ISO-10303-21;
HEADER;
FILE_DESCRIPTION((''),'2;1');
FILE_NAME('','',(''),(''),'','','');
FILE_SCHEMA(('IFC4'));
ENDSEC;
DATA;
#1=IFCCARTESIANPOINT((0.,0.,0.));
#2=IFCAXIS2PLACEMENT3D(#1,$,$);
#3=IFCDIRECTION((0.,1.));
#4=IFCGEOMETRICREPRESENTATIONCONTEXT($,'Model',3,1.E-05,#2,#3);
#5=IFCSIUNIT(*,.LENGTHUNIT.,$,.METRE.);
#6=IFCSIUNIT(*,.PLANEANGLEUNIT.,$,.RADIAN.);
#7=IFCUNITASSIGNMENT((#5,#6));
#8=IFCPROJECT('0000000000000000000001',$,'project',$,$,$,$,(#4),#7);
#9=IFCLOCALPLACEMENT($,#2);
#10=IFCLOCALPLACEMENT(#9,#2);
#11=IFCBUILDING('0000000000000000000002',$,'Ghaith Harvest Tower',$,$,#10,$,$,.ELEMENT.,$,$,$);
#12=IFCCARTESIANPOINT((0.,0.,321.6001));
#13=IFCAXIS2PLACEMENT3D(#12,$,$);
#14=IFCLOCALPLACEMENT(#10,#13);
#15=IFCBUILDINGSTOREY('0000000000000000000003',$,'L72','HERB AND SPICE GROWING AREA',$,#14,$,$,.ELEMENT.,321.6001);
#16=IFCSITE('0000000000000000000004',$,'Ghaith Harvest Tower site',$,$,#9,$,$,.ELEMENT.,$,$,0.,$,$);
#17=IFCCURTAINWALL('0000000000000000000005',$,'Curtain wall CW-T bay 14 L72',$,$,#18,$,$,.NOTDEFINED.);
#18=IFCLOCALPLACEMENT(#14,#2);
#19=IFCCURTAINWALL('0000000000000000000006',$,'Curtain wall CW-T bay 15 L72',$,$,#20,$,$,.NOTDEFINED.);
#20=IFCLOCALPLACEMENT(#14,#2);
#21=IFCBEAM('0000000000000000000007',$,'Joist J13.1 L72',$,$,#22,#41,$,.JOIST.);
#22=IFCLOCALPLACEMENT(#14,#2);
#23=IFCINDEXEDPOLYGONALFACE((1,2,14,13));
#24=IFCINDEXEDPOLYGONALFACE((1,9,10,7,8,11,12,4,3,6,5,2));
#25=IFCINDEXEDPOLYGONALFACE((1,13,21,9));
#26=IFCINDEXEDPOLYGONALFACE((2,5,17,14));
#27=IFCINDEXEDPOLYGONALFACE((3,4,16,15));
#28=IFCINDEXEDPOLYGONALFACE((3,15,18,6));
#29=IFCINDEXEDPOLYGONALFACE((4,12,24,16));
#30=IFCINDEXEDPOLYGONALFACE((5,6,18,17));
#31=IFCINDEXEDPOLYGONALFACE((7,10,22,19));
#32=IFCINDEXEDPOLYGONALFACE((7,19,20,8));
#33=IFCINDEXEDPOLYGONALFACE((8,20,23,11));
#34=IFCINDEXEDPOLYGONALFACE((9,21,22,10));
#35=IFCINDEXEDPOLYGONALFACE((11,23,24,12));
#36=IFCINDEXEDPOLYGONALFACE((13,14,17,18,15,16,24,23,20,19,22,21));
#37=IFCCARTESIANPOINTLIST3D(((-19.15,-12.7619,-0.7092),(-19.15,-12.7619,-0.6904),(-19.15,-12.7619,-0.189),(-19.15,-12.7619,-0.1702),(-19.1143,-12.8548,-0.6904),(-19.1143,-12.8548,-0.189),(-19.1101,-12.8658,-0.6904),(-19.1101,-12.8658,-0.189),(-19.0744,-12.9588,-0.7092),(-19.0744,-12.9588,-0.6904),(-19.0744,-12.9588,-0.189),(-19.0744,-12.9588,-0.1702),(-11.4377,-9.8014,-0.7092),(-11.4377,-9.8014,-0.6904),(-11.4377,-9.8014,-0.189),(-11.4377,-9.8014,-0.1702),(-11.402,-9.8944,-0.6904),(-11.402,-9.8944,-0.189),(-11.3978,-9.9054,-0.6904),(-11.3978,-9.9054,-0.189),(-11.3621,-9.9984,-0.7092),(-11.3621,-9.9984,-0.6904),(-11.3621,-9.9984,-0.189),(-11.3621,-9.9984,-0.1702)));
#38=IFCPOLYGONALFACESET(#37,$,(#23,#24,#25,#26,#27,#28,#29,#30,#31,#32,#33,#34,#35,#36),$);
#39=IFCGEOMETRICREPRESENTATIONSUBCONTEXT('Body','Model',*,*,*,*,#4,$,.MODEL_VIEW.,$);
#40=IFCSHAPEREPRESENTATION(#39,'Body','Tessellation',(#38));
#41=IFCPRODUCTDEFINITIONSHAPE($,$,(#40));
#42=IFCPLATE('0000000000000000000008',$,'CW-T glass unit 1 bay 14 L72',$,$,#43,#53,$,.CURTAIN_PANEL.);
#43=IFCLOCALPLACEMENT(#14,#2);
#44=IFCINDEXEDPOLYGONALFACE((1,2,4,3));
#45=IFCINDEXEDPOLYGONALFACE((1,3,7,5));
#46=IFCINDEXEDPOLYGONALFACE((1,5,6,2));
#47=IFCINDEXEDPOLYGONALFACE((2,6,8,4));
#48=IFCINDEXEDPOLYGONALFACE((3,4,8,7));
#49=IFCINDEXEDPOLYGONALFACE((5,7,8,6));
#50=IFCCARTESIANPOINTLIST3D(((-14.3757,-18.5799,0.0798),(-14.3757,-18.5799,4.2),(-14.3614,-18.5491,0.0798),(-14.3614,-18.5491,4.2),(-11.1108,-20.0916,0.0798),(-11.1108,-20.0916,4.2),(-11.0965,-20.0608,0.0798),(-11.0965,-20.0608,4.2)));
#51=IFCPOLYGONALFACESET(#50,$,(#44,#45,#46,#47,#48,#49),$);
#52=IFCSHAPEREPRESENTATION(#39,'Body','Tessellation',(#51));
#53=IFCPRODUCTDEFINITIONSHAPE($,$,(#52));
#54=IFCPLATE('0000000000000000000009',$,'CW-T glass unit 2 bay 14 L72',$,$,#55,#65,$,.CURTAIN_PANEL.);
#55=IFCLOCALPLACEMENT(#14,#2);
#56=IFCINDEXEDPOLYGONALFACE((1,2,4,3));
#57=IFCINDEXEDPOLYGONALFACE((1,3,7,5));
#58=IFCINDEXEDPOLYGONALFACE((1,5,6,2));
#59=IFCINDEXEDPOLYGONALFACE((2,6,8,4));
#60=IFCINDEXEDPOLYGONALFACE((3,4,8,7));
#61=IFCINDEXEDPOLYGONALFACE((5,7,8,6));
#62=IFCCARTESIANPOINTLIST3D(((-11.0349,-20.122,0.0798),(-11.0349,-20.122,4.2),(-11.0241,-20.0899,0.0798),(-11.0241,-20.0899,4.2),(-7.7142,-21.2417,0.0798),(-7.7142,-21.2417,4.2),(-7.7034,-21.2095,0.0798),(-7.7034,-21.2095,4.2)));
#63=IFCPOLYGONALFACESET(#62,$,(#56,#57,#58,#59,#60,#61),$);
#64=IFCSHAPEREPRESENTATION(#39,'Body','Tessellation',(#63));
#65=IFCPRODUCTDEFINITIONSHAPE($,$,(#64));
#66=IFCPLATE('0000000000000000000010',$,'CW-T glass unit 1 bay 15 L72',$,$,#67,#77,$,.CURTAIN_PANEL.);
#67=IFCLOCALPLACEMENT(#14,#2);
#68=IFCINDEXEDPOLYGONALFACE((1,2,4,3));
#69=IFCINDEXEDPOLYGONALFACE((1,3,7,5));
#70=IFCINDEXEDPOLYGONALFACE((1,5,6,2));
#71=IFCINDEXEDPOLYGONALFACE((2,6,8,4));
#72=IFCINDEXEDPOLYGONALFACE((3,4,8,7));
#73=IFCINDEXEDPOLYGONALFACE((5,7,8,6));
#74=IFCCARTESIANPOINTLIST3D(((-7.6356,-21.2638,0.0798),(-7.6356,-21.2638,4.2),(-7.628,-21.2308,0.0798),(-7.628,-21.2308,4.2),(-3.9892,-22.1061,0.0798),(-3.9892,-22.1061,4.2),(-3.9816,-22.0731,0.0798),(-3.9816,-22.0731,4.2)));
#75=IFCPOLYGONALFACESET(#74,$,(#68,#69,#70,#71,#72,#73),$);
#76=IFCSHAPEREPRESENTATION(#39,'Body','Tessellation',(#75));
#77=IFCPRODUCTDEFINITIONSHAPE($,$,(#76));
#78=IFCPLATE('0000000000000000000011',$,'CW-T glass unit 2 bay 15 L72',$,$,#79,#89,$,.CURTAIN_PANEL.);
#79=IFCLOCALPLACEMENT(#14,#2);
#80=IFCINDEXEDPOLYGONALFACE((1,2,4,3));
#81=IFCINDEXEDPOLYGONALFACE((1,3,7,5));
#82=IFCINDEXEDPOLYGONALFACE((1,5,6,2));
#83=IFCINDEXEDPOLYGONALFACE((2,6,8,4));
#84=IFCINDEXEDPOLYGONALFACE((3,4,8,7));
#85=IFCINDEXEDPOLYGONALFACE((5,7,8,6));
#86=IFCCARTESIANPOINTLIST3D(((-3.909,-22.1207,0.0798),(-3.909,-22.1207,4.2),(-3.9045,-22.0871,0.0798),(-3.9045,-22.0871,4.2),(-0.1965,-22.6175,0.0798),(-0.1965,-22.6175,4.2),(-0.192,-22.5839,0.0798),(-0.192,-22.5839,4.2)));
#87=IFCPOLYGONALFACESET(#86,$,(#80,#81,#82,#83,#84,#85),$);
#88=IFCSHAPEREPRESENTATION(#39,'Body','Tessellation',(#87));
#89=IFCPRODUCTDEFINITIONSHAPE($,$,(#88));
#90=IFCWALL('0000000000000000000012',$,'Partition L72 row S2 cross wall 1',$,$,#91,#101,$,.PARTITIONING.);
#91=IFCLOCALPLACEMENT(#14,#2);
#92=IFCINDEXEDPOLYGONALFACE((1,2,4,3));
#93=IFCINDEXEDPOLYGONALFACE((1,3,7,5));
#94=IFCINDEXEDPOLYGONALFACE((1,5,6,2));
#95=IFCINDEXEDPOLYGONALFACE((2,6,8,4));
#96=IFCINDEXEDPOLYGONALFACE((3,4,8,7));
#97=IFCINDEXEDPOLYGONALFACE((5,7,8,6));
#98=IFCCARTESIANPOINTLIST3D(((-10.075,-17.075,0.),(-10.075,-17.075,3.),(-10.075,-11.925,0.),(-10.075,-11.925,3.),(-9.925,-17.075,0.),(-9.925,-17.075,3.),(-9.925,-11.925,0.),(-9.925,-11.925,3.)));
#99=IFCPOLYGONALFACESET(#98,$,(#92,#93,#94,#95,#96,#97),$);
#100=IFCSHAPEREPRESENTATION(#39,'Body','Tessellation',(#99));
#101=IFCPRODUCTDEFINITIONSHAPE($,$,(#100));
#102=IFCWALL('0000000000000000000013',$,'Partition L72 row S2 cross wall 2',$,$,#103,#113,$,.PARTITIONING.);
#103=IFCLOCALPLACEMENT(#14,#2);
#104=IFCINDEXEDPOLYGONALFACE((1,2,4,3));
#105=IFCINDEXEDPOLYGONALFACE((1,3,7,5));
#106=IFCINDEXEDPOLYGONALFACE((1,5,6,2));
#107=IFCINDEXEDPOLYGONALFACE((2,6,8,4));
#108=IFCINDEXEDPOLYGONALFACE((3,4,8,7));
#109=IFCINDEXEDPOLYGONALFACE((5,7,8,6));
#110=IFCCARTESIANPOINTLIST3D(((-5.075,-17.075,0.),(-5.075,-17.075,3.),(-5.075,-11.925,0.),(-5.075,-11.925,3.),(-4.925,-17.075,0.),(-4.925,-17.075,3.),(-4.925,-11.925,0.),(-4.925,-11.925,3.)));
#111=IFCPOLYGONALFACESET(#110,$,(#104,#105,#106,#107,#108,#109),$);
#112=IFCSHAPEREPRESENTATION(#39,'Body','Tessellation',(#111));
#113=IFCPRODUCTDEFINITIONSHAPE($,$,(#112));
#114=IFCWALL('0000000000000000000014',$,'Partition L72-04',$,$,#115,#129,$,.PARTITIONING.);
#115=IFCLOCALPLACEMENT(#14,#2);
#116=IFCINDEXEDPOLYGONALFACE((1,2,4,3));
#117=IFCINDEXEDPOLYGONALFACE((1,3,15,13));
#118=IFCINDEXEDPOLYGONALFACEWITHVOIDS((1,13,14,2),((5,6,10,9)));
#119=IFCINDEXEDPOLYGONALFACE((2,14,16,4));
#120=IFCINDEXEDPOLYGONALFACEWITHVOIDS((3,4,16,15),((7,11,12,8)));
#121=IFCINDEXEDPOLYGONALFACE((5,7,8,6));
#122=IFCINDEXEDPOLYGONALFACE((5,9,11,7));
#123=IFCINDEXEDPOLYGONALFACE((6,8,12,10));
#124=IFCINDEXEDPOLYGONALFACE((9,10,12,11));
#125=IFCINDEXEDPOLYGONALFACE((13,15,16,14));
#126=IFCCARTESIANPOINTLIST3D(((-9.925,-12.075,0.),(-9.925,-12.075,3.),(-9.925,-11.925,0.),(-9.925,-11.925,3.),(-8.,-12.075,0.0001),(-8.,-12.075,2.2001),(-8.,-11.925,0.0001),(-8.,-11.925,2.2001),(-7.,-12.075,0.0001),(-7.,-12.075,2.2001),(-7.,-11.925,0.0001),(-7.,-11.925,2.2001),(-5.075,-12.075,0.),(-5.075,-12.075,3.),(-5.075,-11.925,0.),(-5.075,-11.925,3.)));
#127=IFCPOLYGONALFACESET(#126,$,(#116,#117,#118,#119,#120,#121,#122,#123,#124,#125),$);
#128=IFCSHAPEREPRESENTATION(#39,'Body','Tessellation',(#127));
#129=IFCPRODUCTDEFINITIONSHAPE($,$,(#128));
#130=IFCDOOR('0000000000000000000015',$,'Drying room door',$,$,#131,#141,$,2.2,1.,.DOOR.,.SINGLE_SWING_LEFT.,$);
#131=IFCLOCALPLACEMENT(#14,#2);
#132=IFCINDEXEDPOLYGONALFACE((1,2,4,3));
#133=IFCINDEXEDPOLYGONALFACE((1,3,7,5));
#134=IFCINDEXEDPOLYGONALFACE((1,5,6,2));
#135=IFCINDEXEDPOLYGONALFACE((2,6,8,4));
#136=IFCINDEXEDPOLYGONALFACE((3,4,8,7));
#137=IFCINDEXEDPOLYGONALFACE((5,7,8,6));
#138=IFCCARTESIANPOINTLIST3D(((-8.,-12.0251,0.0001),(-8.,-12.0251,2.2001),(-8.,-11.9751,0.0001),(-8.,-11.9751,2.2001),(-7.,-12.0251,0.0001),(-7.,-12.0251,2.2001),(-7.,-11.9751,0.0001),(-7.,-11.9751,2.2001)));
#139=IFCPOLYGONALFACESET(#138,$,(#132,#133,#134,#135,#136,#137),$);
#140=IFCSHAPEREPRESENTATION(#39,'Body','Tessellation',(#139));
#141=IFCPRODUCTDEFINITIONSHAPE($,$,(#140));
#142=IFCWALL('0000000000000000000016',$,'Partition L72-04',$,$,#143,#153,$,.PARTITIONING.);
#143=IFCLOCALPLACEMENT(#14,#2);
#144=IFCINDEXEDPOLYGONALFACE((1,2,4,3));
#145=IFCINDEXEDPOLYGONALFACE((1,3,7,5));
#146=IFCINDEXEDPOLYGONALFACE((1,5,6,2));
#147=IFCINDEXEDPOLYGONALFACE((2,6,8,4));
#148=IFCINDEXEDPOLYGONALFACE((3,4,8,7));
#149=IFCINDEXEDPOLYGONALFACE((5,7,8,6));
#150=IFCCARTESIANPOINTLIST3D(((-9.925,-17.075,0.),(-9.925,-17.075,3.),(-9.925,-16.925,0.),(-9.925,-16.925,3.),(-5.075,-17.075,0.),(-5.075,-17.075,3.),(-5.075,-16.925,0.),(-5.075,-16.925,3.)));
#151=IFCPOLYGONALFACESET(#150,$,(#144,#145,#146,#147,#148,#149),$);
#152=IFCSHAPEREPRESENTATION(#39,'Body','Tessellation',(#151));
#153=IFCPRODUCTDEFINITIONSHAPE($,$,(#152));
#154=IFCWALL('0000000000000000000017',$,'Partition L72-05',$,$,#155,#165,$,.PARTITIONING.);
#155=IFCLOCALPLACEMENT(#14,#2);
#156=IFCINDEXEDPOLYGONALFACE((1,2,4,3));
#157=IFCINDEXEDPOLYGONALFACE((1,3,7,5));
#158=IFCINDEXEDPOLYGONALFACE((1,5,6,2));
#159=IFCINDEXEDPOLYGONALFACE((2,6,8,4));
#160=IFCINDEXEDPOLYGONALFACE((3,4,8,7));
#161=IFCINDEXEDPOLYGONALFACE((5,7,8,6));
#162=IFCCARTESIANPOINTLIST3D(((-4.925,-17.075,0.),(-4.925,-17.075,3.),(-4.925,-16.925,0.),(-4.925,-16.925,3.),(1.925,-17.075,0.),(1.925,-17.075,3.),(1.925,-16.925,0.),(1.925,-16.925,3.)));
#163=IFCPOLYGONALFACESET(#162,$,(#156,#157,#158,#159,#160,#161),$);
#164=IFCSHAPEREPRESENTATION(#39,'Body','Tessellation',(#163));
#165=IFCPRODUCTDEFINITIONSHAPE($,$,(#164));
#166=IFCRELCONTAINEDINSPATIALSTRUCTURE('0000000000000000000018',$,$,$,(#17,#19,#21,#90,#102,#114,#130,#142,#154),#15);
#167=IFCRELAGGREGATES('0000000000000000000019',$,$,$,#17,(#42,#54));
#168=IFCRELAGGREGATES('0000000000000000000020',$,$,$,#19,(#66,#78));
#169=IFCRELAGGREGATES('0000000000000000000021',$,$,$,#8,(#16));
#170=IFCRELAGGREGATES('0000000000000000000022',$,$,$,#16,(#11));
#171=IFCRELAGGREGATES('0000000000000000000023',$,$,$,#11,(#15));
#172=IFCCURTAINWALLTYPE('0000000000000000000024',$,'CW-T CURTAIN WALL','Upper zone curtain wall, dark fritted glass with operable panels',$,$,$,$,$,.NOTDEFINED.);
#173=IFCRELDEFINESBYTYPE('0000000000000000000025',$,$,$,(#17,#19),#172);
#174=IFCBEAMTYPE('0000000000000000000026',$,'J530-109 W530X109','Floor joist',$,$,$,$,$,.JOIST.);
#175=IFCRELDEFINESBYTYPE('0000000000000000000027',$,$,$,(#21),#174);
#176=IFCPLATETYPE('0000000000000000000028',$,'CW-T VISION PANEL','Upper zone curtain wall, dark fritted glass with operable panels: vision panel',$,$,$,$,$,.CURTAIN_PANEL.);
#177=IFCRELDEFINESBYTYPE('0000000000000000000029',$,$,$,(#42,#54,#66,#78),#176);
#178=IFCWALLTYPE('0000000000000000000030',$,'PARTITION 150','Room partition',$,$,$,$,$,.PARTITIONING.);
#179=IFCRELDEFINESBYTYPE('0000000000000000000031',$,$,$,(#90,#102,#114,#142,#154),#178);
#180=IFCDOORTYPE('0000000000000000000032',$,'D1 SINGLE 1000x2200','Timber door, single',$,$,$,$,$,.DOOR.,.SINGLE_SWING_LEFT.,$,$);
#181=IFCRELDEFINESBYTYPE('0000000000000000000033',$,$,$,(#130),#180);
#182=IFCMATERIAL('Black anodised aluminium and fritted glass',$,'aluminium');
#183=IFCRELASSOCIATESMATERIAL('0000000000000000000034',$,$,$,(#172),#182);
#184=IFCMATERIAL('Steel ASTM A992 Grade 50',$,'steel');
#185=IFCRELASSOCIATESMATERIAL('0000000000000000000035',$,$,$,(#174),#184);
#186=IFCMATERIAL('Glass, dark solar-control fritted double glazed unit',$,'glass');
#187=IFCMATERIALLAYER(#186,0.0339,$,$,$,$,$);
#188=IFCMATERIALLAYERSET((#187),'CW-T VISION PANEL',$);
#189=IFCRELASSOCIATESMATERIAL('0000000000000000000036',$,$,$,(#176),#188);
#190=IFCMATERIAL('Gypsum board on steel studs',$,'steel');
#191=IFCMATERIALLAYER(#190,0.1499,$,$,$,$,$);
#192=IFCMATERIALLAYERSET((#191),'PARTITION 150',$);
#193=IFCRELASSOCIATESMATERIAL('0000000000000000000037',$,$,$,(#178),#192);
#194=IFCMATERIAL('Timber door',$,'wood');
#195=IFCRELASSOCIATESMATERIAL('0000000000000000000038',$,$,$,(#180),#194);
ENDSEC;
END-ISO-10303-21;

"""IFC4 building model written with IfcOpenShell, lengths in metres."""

from ifc_helpers import new_model, si_unit, direction, frame, frame_2d, origin, origin_2d, place, context, subcontext, project, spatial, rectangle, i_section, extrude, material, layer, layer_set, material_profile, profile_set, type_object, element, fill, aggregate, save


model = new_model("IFC4")

# Units and contexts
model_context = context("Model", 3, precision=1e-05, world=origin(), true_north=direction((0.0, 1.0)))
body_context = subcontext(model_context, "Body", "Model", "MODEL_VIEW")
ifc_project = project(units=[si_unit("LENGTHUNIT", "METRE"), si_unit("PLANEANGLEUNIT", "RADIAN")], contexts=[model_context])

# Site, building, storey
site_placement = place(None, origin())
site = spatial("IfcSite", under=ifc_project, at=site_placement, Name="Ghaith Harvest Tower site", CompositionType="ELEMENT", RefElevation=0.0)
building_placement = place(site_placement, origin())
building = spatial("IfcBuilding", under=site, at=building_placement, Name="Ghaith Harvest Tower", CompositionType="ELEMENT")
storey_placement = place(building_placement, frame((0.0, 0.0, 321.6001)))
storey = spatial("IfcBuildingStorey", under=building, at=storey_placement, Name="L72", Description="HERB AND SPICE GROWING AREA", CompositionType="ELEMENT", Elevation=321.6001)

# Curtain wall
ifc_material_1 = material(Name="Black anodised aluminium and fritted glass", Category="aluminium")
curtain_wall_type = type_object("IfcCurtainWallType", Name="CW-T CURTAIN WALL", Description="Upper zone curtain wall, dark fritted glass with operable panels", PredefinedType="NOTDEFINED", material=ifc_material_1)
curtain_wall_1_placement = place(storey_placement, origin())
curtain_wall_1 = element("IfcCurtainWall", 1, at=curtain_wall_1_placement, inside=storey, type_object=curtain_wall_type, Name="Curtain wall CW-T bay 14 L72", PredefinedType="NOTDEFINED")

# Curtain wall
curtain_wall_2_placement = place(storey_placement, origin())
curtain_wall_2 = element("IfcCurtainWall", 2, at=curtain_wall_2_placement, inside=storey, type_object=curtain_wall_type, Name="Curtain wall CW-T bay 15 L72", PredefinedType="NOTDEFINED")

# Beam
ifc_material_2 = material(Name="Steel ASTM A992 Grade 50", Category="steel")
ifc_material_profile_1 = material_profile(ifc_material_2, i_section(OverallWidth=0.2109, OverallDepth=0.5391, WebThickness=0.0117, FlangeThickness=0.0188, at=origin_2d()), Name="W530X109")
ifc_profile_set_1 = profile_set([ifc_material_profile_1], Name="Steel ASTM A992 Grade 50")
beam_type_1 = type_object("IfcBeamType", Name="J530-109 W530X109", Description="Floor joist", PredefinedType="JOIST", material=ifc_profile_set_1)
beam_1_placement = place(storey_placement, frame((-11.3999, -9.8999, -0.4397), z_axis=(-0.933583, -0.358361, 0.0), x_axis=(0.358361, -0.933583, 0.0)))
element("IfcBeam", 3, at=beam_1_placement, inside=storey, type_object=beam_type_1, Name="Joist J13.1 L72", PredefinedType="JOIST", context=body_context, shape_type="SweptSolid", body=[
    extrude(i_section(OverallWidth=0.2109, OverallDepth=0.5391, WebThickness=0.0117, FlangeThickness=0.0188, at=origin_2d()), origin(), (0.0, 0.0, 1.0), 8.261),
])

# Plates
ifc_material_3 = material(Name="Glass, dark solar-control fritted double glazed unit", Category="glass")
ifc_layer_1 = layer(ifc_material_3, 0.0339)
ifc_layer_set_1 = layer_set([ifc_layer_1], Name="CW-T VISION PANEL")
plate_type = type_object("IfcPlateType", Name="CW-T VISION PANEL", Description="Upper zone curtain wall, dark fritted glass with operable panels: vision panel", PredefinedType="CURTAIN_PANEL", material=ifc_layer_set_1)
plate_1_placement = place(storey_placement, frame((-12.7361, -19.3203, 0.0798), z_axis=(0.0, 0.0, 1.0), x_axis=(0.90745, -0.42016, 0.0)))
plate_1 = element("IfcPlate", 4, at=plate_1_placement, type_object=plate_type, Name="CW-T glass unit 1 bay 14 L72", PredefinedType="CURTAIN_PANEL", context=body_context, shape_type="SweptSolid", body=[
    extrude(rectangle(XDim=3.5979, YDim=0.0339, at=origin_2d()), origin(), (0.0, 0.0, 1.0), 4.1201),
])
plate_2_placement = place(storey_placement, frame((-9.3691, -20.6658, 0.0798), z_axis=(0.0, 0.0, 1.0), x_axis=(0.947586, -0.3195, 0.0)))
plate_2 = element("IfcPlate", 5, at=plate_2_placement, type_object=plate_type, Name="CW-T glass unit 2 bay 14 L72", PredefinedType="CURTAIN_PANEL", context=body_context, shape_type="SweptSolid", body=[
    extrude(rectangle(XDim=3.5044, YDim=0.0339, at=origin_2d()), origin(), (0.0, 0.0, 1.0), 4.1201),
])
aggregate(curtain_wall_1, [plate_1, plate_2])
plate_3_placement = place(storey_placement, frame((-5.8086, -21.6685, 0.0798), z_axis=(0.0, 0.0, 1.0), x_axis=(0.974342, -0.225072, 0.0)))
plate_3 = element("IfcPlate", 6, at=plate_3_placement, type_object=plate_type, Name="CW-T glass unit 1 bay 15 L72", PredefinedType="CURTAIN_PANEL", context=body_context, shape_type="SweptSolid", body=[
    extrude(rectangle(XDim=3.7424, YDim=0.0339, at=origin_2d()), origin(), (0.0, 0.0, 1.0), 4.1201),
])
plate_4_placement = place(storey_placement, frame((-2.0505, -22.3523, 0.0798), z_axis=(0.0, 0.0, 1.0), x_axis=(0.991165, -0.132633, 0.0)))
plate_4 = element("IfcPlate", 7, at=plate_4_placement, type_object=plate_type, Name="CW-T glass unit 2 bay 15 L72", PredefinedType="CURTAIN_PANEL", context=body_context, shape_type="SweptSolid", body=[
    extrude(rectangle(XDim=3.7456, YDim=0.0339, at=origin_2d()), origin(), (0.0, 0.0, 1.0), 4.1201),
])
aggregate(curtain_wall_2, [plate_3, plate_4])

# Walls
ifc_material_4 = material(Name="Gypsum board on steel studs", Category="steel")
ifc_layer_2 = layer(ifc_material_4, 0.1499)
ifc_layer_set_2 = layer_set([ifc_layer_2], Name="PARTITION 150")
wall_type = type_object("IfcWallType", Name="PARTITION 150", Description="Room partition", PredefinedType="PARTITIONING", material=ifc_layer_set_2)
for number, where, z_axis, x_axis, name in (
    (8, (-10.0, -11.925, 0.0), (0.0, 0.0, 1.0), (0.0, -1.0, 0.0), "Partition L72 row S2 cross wall 1"),
    (9, (-5.0, -11.925, 0.0), (0.0, 0.0, 1.0), (0.0, -1.0, 0.0), "Partition L72 row S2 cross wall 2"),
):
    element("IfcWall", number, at=place(storey_placement, frame(where, z_axis=z_axis, x_axis=x_axis)), inside=storey, type_object=wall_type, Name=name, PredefinedType="PARTITIONING", context=body_context, shape_type="SweptSolid", body=[
        extrude(rectangle(XDim=5.1499, YDim=0.1499, at=frame_2d((2.575, 0.0))), origin(), (0.0, 0.0, 1.0), 3.0),
    ])

# Wall, opening, door
wall_1_placement = place(storey_placement, frame((-9.925, -12.0, 0.0), z_axis=(0.0, 0.0, 1.0), x_axis=(1.0, 0.0, 0.0)))
wall_1 = element("IfcWall", 10, at=wall_1_placement, inside=storey, type_object=wall_type, Name="Partition L72-04", PredefinedType="PARTITIONING", context=body_context, shape_type="SweptSolid", body=[
    extrude(rectangle(XDim=4.8501, YDim=0.1499, at=frame_2d((2.425, 0.0))), origin(), (0.0, 0.0, 1.0), 3.0),
])
opening_1_placement = place(wall_1_placement, frame((1.925, 0.0, 0.0)))
opening_1 = element("IfcOpeningElement", 11, at=opening_1_placement, cuts=wall_1, PredefinedType="OPENING", context=body_context, shape_type="SweptSolid", body=[
    extrude(rectangle(XDim=1.0, YDim=2.2, at=frame_2d((0.5, 1.1001))), frame((0.0, 0.085, 0.0), z_axis=(0.0, -1.0, 0.0), x_axis=(1.0, 0.0, 0.0)), (0.0, 0.0, 1.0), 0.1699),
])
ifc_material_5 = material(Name="Timber door", Category="wood")
door_type_1 = type_object("IfcDoorType", Name="D1 SINGLE 1000x2200", Description="Timber door, single", OperationType="SINGLE_SWING_LEFT", PredefinedType="DOOR", material=ifc_material_5)
door_1_placement = place(opening_1_placement, origin())
door_1 = element("IfcDoor", 12, at=door_1_placement, inside=storey, type_object=door_type_1, Name="Drying room door", OperationType="SINGLE_SWING_LEFT", OverallHeight=2.2, OverallWidth=1.0, PredefinedType="DOOR", context=body_context, shape_type="SweptSolid", body=[
    extrude(rectangle(XDim=1.0, YDim=2.2, at=frame_2d((0.5, 1.1001))), frame((0.0, 0.0249, 0.0), z_axis=(0.0, -1.0, 0.0), x_axis=(1.0, 0.0, 0.0)), (0.0, 0.0, 1.0), 0.05),
])
fill(opening_1, door_1)

# Wall
wall_2_placement = place(storey_placement, frame((-9.925, -17.0, 0.0), z_axis=(0.0, 0.0, 1.0), x_axis=(1.0, 0.0, 0.0)))
element("IfcWall", 13, at=wall_2_placement, inside=storey, type_object=wall_type, Name="Partition L72-04", PredefinedType="PARTITIONING", context=body_context, shape_type="SweptSolid", body=[
    extrude(rectangle(XDim=4.8501, YDim=0.1499, at=frame_2d((2.425, 0.0))), origin(), (0.0, 0.0, 1.0), 3.0),
])

# Wall
wall_3_placement = place(storey_placement, frame((-4.925, -17.0, 0.0), z_axis=(0.0, 0.0, 1.0), x_axis=(1.0, 0.0, 0.0)))
element("IfcWall", 14, at=wall_3_placement, inside=storey, type_object=wall_type, Name="Partition L72-05", PredefinedType="PARTITIONING", context=body_context, shape_type="SweptSolid", body=[
    extrude(rectangle(XDim=6.8501, YDim=0.1499, at=frame_2d((3.425, 0.0))), origin(), (0.0, 0.0, 1.0), 3.0),
])

save(model, "model.ifc")
